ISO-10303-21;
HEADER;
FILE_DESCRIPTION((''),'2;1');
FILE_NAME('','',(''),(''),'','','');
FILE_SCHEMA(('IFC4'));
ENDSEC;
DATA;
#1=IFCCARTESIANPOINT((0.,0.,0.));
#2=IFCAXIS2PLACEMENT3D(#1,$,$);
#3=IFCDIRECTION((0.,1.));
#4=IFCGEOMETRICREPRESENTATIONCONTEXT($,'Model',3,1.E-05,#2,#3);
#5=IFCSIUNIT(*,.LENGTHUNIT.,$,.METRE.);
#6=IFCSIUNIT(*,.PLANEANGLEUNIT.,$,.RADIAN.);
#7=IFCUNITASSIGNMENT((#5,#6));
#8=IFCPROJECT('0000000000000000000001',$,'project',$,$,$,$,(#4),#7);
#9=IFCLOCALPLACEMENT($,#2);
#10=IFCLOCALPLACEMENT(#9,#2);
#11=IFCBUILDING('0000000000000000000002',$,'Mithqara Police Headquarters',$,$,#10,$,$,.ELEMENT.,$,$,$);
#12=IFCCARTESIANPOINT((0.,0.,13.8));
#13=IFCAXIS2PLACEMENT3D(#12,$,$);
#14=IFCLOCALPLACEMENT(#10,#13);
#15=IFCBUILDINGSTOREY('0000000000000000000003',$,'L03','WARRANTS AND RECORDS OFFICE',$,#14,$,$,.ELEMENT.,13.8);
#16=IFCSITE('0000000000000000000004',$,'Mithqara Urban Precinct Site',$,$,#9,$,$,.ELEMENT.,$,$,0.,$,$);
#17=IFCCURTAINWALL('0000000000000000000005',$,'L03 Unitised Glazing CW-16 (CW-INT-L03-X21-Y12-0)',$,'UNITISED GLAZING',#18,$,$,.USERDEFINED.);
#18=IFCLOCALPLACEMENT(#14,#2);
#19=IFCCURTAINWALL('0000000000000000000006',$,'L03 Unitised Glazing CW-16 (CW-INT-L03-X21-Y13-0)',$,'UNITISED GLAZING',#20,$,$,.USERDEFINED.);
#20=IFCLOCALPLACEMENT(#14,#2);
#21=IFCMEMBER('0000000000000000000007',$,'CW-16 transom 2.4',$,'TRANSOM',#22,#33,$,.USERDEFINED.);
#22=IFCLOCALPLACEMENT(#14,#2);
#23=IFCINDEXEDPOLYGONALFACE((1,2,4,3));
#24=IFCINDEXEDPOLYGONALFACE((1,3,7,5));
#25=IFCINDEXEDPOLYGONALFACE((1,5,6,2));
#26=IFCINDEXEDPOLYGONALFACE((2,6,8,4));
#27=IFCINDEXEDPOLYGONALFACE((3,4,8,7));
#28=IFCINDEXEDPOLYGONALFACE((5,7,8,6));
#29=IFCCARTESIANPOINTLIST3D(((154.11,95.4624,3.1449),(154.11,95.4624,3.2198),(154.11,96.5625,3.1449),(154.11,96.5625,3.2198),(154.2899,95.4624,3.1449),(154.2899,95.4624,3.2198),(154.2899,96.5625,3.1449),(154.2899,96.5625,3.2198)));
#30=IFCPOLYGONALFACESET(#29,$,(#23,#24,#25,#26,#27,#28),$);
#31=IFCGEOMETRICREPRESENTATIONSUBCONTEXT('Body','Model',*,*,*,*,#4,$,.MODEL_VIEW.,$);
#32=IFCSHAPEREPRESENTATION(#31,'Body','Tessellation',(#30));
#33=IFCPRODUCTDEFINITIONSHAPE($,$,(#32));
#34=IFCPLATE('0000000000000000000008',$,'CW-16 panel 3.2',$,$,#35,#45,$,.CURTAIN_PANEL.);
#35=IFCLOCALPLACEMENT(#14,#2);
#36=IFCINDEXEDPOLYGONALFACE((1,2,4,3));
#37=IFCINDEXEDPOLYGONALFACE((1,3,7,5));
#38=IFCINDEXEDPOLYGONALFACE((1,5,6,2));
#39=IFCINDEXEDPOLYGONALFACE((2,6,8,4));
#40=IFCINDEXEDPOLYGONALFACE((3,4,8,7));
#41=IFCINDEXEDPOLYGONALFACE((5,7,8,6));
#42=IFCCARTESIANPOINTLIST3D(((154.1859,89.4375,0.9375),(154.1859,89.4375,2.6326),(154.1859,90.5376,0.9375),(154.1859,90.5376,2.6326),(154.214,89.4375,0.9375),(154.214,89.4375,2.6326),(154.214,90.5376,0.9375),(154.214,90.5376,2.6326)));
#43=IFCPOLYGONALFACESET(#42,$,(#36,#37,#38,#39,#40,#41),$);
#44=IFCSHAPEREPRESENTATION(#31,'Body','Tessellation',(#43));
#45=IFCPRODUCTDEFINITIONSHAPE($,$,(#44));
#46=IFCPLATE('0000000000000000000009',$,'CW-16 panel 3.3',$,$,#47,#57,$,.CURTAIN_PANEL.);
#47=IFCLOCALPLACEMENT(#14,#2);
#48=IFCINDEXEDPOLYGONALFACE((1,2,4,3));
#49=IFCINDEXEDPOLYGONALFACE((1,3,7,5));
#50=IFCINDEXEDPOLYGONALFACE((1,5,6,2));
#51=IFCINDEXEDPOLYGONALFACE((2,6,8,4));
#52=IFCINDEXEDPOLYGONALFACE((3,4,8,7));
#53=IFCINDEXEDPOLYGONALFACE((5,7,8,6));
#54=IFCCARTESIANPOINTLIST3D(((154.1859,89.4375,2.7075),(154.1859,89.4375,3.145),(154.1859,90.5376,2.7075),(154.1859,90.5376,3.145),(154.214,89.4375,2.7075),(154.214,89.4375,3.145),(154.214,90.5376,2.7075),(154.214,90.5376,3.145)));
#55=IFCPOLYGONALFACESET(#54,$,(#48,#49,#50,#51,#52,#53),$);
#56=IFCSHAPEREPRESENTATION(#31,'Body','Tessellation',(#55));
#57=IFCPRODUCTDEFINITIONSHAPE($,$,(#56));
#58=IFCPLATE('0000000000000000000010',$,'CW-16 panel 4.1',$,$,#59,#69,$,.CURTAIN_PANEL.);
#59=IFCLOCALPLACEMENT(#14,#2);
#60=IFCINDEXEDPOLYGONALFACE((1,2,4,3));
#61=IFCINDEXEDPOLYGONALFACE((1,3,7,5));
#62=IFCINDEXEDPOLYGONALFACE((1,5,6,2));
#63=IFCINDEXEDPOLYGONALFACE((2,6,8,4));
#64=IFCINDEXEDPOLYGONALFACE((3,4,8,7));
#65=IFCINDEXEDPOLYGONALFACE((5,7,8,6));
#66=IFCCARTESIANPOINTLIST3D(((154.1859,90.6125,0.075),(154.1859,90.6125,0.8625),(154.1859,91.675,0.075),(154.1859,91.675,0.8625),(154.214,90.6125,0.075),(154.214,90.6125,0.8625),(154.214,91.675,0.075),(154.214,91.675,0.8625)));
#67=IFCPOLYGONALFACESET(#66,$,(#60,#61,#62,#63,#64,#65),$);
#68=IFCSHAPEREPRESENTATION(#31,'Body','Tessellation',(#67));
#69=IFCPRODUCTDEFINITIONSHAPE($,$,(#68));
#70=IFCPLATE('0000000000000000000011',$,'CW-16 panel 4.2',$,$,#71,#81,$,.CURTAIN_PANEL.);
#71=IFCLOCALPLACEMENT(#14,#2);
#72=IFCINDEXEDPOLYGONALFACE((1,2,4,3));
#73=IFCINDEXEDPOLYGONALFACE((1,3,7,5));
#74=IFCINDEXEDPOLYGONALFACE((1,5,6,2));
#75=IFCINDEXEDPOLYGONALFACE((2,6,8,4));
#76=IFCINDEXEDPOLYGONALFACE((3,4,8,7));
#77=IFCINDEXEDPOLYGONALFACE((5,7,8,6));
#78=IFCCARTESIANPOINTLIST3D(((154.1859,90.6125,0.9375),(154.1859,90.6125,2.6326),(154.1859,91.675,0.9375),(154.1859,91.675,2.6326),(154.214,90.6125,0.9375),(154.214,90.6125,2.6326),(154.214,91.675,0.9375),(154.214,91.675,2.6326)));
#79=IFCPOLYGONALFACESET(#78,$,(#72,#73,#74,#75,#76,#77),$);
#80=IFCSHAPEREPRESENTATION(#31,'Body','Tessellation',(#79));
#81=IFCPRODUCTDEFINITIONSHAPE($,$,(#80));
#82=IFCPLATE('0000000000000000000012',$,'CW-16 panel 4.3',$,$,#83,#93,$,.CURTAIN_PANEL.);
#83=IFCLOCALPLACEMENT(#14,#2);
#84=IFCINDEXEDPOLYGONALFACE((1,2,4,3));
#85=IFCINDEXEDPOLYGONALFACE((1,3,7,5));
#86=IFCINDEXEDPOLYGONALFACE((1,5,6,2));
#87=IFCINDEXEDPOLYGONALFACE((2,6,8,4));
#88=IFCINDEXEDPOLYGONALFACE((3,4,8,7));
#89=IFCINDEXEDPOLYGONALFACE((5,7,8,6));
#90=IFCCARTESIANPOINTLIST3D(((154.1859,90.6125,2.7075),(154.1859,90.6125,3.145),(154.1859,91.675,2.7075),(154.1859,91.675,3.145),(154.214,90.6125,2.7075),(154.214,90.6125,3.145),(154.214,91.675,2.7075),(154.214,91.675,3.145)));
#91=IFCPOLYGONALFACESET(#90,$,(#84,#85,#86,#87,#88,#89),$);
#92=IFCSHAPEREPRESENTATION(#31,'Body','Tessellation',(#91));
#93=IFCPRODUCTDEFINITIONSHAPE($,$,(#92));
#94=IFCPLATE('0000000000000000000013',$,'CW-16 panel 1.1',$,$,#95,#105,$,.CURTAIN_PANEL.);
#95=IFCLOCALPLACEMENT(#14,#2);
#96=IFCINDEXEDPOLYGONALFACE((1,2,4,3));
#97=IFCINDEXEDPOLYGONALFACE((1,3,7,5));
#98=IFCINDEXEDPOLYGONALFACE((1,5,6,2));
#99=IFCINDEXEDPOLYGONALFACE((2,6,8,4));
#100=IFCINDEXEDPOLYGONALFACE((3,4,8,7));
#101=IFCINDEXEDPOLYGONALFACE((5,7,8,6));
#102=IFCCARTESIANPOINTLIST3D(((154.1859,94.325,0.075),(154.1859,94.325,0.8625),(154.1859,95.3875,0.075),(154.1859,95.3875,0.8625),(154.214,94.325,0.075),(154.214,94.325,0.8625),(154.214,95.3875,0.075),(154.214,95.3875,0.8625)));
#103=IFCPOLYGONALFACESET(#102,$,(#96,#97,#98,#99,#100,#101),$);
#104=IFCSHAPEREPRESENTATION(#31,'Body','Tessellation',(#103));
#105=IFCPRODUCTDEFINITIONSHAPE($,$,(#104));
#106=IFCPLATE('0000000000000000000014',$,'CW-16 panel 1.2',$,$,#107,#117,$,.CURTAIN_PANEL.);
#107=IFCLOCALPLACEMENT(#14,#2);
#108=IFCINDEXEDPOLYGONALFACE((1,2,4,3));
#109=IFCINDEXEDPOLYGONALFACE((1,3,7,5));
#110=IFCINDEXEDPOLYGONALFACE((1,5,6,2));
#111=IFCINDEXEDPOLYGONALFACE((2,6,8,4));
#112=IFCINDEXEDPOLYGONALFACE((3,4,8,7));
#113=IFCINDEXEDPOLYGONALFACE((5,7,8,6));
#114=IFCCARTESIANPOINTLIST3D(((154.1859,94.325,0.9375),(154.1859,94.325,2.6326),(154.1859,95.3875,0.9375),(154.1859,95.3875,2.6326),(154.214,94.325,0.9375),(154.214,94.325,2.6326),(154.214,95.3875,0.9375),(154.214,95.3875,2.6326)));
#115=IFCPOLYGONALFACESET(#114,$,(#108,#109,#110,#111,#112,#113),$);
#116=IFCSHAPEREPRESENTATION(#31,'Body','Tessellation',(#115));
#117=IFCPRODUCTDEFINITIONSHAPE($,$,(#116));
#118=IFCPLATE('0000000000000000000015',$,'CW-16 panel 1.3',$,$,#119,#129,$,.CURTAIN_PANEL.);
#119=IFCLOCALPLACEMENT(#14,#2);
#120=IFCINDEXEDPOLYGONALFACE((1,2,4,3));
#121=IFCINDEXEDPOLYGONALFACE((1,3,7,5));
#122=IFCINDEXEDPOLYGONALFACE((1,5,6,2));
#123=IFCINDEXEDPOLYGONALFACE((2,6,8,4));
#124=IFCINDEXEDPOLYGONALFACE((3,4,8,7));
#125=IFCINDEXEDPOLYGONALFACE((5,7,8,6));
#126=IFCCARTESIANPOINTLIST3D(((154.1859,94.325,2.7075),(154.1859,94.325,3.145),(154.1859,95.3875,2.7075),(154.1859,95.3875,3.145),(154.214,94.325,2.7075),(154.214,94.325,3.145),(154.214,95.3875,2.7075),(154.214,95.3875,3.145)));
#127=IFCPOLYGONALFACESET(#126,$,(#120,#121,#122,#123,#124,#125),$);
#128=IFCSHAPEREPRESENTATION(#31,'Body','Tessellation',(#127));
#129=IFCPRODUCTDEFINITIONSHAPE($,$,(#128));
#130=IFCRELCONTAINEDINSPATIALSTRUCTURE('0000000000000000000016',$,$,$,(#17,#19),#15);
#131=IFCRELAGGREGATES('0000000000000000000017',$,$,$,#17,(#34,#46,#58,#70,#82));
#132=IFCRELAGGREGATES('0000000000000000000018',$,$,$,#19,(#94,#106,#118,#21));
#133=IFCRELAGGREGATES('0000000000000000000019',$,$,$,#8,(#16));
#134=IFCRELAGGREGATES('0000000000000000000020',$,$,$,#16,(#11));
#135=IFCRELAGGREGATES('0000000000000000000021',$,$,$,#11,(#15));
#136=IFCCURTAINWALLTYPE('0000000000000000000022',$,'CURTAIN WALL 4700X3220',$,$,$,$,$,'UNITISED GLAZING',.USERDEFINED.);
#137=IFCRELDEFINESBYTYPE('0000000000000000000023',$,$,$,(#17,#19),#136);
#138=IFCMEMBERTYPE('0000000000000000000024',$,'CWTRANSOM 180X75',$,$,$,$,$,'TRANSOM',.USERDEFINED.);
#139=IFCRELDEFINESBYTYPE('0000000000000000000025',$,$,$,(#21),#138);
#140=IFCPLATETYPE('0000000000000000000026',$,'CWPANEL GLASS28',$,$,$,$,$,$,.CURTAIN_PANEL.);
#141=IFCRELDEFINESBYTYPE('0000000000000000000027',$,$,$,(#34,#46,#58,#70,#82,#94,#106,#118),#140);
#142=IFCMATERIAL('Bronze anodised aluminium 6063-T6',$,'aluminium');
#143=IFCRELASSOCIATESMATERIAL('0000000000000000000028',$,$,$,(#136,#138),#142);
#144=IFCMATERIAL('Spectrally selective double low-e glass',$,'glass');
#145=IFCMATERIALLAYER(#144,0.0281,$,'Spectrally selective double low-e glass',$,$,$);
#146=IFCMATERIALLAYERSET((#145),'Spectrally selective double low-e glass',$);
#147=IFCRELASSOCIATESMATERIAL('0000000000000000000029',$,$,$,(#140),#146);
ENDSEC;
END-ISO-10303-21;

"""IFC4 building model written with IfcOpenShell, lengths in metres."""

from ifc_helpers import new_model, si_unit, direction, frame, origin, origin_2d, place, context, subcontext, project, spatial, rectangle, extrude, material, layer, layer_set, material_profile, profile_set, type_object, element, aggregate, save


model = new_model("IFC4")

# Units and contexts
model_context = context("Model", 3, precision=1e-05, world=origin(), true_north=direction((0.0, 1.0)))
body_context = subcontext(model_context, "Body", "Model", "MODEL_VIEW")
ifc_project = project(units=[si_unit("LENGTHUNIT", "METRE"), si_unit("PLANEANGLEUNIT", "RADIAN")], contexts=[model_context])

# Site, building, storey
site_placement = place(None, origin())
site = spatial("IfcSite", under=ifc_project, at=site_placement, Name="Mithqara Urban Precinct Site", CompositionType="ELEMENT", RefElevation=0.0)
building_placement = place(site_placement, origin())
building = spatial("IfcBuilding", under=site, at=building_placement, Name="Mithqara Police Headquarters", CompositionType="ELEMENT")
storey_placement = place(building_placement, frame((0.0, 0.0, 13.8)))
storey = spatial("IfcBuildingStorey", under=building, at=storey_placement, Name="L03", Description="WARRANTS AND RECORDS OFFICE", CompositionType="ELEMENT", Elevation=13.8)

# Curtain walls
ifc_material_1 = material(Name="Bronze anodised aluminium 6063-T6", Category="aluminium")
curtain_wall_type = type_object("IfcCurtainWallType", Name="CURTAIN WALL 4700X3220", ElementType="UNITISED GLAZING", PredefinedType="USERDEFINED", material=ifc_material_1)
curtain_wall_1_placement = place(storey_placement, origin())
curtain_wall_1 = element("IfcCurtainWall", 1, at=curtain_wall_1_placement, inside=storey, type_object=curtain_wall_type, Name="L03 Unitised Glazing CW-16 (CW-INT-L03-X21-Y12-0)", ObjectType="UNITISED GLAZING", PredefinedType="USERDEFINED")
curtain_wall_2_placement = place(storey_placement, origin())
curtain_wall_2 = element("IfcCurtainWall", 2, at=curtain_wall_2_placement, inside=storey, type_object=curtain_wall_type, Name="L03 Unitised Glazing CW-16 (CW-INT-L03-X21-Y13-0)", ObjectType="UNITISED GLAZING", PredefinedType="USERDEFINED")

# Member
ifc_material_profile_1 = material_profile(ifc_material_1, rectangle(XDim=0.1799, YDim=0.075, at=origin_2d()), Name="CWT 180x75")
ifc_profile_set_1 = profile_set([ifc_material_profile_1], Name="Bronze anodised aluminium 6063-T6")
member_type_1 = type_object("IfcMemberType", Name="CWTRANSOM 180X75", ElementType="TRANSOM", PredefinedType="USERDEFINED", material=ifc_profile_set_1)
member_1_placement = place(storey_placement, frame((154.2, 95.4624, 3.1824), z_axis=(0.0, 1.0, 0.0), x_axis=(-1.0, 0.0, 0.0)))
member_1 = element("IfcMember", 3, at=member_1_placement, type_object=member_type_1, Name="CW-16 transom 2.4", ObjectType="TRANSOM", PredefinedType="USERDEFINED", context=body_context, shape_type="SweptSolid", body=[
    extrude(rectangle(XDim=0.1799, YDim=0.075, at=origin_2d()), origin(), (0.0, 0.0, 1.0), 1.1001),
])

# Plates
ifc_material_2 = material(Name="Spectrally selective double low-e glass", Category="glass")
ifc_layer = layer(ifc_material_2, 0.0281, Name="Spectrally selective double low-e glass")
ifc_layer_set = layer_set([ifc_layer], Name="Spectrally selective double low-e glass")
plate_type = type_object("IfcPlateType", Name="CWPANEL GLASS28", PredefinedType="CURTAIN_PANEL", material=ifc_layer_set)
plate_1_placement = place(storey_placement, frame((154.2, 89.9875, 0.9375), z_axis=(0.0, 0.0, 1.0), x_axis=(0.0, 1.0, 0.0)))
plate_1 = element("IfcPlate", 4, at=plate_1_placement, type_object=plate_type, Name="CW-16 panel 3.2", PredefinedType="CURTAIN_PANEL", context=body_context, shape_type="SweptSolid", body=[
    extrude(rectangle(XDim=1.1001, YDim=0.0281, at=origin_2d()), origin(), (0.0, 0.0, 1.0), 1.6951),
])
plate_2_placement = place(storey_placement, frame((154.2, 89.9875, 2.7075), z_axis=(0.0, 0.0, 1.0), x_axis=(0.0, 1.0, 0.0)))
plate_2 = element("IfcPlate", 5, at=plate_2_placement, type_object=plate_type, Name="CW-16 panel 3.3", PredefinedType="CURTAIN_PANEL", context=body_context, shape_type="SweptSolid", body=[
    extrude(rectangle(XDim=1.1001, YDim=0.0281, at=origin_2d()), origin(), (0.0, 0.0, 1.0), 0.4375),
])
plate_3_placement = place(storey_placement, frame((154.2, 91.1438, 0.075), z_axis=(0.0, 0.0, 1.0), x_axis=(0.0, 1.0, 0.0)))
plate_3 = element("IfcPlate", 6, at=plate_3_placement, type_object=plate_type, Name="CW-16 panel 4.1", PredefinedType="CURTAIN_PANEL", context=body_context, shape_type="SweptSolid", body=[
    extrude(rectangle(XDim=1.0625, YDim=0.0281, at=origin_2d()), origin(), (0.0, 0.0, 1.0), 0.7876),
])
plate_4_placement = place(storey_placement, frame((154.2, 91.1438, 0.9375), z_axis=(0.0, 0.0, 1.0), x_axis=(0.0, 1.0, 0.0)))
plate_4 = element("IfcPlate", 7, at=plate_4_placement, type_object=plate_type, Name="CW-16 panel 4.2", PredefinedType="CURTAIN_PANEL", context=body_context, shape_type="SweptSolid", body=[
    extrude(rectangle(XDim=1.0625, YDim=0.0281, at=origin_2d()), origin(), (0.0, 0.0, 1.0), 1.6951),
])
plate_5_placement = place(storey_placement, frame((154.2, 91.1438, 2.7075), z_axis=(0.0, 0.0, 1.0), x_axis=(0.0, 1.0, 0.0)))
plate_5 = element("IfcPlate", 8, at=plate_5_placement, type_object=plate_type, Name="CW-16 panel 4.3", PredefinedType="CURTAIN_PANEL", context=body_context, shape_type="SweptSolid", body=[
    extrude(rectangle(XDim=1.0625, YDim=0.0281, at=origin_2d()), origin(), (0.0, 0.0, 1.0), 0.4375),
])
aggregate(curtain_wall_1, [plate_1, plate_2, plate_3, plate_4, plate_5])
plate_6_placement = place(storey_placement, frame((154.2, 94.8562, 0.075), z_axis=(0.0, 0.0, 1.0), x_axis=(0.0, 1.0, 0.0)))
plate_6 = element("IfcPlate", 9, at=plate_6_placement, type_object=plate_type, Name="CW-16 panel 1.1", PredefinedType="CURTAIN_PANEL", context=body_context, shape_type="SweptSolid", body=[
    extrude(rectangle(XDim=1.0625, YDim=0.0281, at=origin_2d()), origin(), (0.0, 0.0, 1.0), 0.7876),
])
plate_7_placement = place(storey_placement, frame((154.2, 94.8562, 0.9375), z_axis=(0.0, 0.0, 1.0), x_axis=(0.0, 1.0, 0.0)))
plate_7 = element("IfcPlate", 10, at=plate_7_placement, type_object=plate_type, Name="CW-16 panel 1.2", PredefinedType="CURTAIN_PANEL", context=body_context, shape_type="SweptSolid", body=[
    extrude(rectangle(XDim=1.0625, YDim=0.0281, at=origin_2d()), origin(), (0.0, 0.0, 1.0), 1.6951),
])
plate_8_placement = place(storey_placement, frame((154.2, 94.8562, 2.7075), z_axis=(0.0, 0.0, 1.0), x_axis=(0.0, 1.0, 0.0)))
plate_8 = element("IfcPlate", 11, at=plate_8_placement, type_object=plate_type, Name="CW-16 panel 1.3", PredefinedType="CURTAIN_PANEL", context=body_context, shape_type="SweptSolid", body=[
    extrude(rectangle(XDim=1.0625, YDim=0.0281, at=origin_2d()), origin(), (0.0, 0.0, 1.0), 0.4375),
])
aggregate(curtain_wall_2, [plate_6, plate_7, plate_8, member_1])

save(model, "model.ifc")
